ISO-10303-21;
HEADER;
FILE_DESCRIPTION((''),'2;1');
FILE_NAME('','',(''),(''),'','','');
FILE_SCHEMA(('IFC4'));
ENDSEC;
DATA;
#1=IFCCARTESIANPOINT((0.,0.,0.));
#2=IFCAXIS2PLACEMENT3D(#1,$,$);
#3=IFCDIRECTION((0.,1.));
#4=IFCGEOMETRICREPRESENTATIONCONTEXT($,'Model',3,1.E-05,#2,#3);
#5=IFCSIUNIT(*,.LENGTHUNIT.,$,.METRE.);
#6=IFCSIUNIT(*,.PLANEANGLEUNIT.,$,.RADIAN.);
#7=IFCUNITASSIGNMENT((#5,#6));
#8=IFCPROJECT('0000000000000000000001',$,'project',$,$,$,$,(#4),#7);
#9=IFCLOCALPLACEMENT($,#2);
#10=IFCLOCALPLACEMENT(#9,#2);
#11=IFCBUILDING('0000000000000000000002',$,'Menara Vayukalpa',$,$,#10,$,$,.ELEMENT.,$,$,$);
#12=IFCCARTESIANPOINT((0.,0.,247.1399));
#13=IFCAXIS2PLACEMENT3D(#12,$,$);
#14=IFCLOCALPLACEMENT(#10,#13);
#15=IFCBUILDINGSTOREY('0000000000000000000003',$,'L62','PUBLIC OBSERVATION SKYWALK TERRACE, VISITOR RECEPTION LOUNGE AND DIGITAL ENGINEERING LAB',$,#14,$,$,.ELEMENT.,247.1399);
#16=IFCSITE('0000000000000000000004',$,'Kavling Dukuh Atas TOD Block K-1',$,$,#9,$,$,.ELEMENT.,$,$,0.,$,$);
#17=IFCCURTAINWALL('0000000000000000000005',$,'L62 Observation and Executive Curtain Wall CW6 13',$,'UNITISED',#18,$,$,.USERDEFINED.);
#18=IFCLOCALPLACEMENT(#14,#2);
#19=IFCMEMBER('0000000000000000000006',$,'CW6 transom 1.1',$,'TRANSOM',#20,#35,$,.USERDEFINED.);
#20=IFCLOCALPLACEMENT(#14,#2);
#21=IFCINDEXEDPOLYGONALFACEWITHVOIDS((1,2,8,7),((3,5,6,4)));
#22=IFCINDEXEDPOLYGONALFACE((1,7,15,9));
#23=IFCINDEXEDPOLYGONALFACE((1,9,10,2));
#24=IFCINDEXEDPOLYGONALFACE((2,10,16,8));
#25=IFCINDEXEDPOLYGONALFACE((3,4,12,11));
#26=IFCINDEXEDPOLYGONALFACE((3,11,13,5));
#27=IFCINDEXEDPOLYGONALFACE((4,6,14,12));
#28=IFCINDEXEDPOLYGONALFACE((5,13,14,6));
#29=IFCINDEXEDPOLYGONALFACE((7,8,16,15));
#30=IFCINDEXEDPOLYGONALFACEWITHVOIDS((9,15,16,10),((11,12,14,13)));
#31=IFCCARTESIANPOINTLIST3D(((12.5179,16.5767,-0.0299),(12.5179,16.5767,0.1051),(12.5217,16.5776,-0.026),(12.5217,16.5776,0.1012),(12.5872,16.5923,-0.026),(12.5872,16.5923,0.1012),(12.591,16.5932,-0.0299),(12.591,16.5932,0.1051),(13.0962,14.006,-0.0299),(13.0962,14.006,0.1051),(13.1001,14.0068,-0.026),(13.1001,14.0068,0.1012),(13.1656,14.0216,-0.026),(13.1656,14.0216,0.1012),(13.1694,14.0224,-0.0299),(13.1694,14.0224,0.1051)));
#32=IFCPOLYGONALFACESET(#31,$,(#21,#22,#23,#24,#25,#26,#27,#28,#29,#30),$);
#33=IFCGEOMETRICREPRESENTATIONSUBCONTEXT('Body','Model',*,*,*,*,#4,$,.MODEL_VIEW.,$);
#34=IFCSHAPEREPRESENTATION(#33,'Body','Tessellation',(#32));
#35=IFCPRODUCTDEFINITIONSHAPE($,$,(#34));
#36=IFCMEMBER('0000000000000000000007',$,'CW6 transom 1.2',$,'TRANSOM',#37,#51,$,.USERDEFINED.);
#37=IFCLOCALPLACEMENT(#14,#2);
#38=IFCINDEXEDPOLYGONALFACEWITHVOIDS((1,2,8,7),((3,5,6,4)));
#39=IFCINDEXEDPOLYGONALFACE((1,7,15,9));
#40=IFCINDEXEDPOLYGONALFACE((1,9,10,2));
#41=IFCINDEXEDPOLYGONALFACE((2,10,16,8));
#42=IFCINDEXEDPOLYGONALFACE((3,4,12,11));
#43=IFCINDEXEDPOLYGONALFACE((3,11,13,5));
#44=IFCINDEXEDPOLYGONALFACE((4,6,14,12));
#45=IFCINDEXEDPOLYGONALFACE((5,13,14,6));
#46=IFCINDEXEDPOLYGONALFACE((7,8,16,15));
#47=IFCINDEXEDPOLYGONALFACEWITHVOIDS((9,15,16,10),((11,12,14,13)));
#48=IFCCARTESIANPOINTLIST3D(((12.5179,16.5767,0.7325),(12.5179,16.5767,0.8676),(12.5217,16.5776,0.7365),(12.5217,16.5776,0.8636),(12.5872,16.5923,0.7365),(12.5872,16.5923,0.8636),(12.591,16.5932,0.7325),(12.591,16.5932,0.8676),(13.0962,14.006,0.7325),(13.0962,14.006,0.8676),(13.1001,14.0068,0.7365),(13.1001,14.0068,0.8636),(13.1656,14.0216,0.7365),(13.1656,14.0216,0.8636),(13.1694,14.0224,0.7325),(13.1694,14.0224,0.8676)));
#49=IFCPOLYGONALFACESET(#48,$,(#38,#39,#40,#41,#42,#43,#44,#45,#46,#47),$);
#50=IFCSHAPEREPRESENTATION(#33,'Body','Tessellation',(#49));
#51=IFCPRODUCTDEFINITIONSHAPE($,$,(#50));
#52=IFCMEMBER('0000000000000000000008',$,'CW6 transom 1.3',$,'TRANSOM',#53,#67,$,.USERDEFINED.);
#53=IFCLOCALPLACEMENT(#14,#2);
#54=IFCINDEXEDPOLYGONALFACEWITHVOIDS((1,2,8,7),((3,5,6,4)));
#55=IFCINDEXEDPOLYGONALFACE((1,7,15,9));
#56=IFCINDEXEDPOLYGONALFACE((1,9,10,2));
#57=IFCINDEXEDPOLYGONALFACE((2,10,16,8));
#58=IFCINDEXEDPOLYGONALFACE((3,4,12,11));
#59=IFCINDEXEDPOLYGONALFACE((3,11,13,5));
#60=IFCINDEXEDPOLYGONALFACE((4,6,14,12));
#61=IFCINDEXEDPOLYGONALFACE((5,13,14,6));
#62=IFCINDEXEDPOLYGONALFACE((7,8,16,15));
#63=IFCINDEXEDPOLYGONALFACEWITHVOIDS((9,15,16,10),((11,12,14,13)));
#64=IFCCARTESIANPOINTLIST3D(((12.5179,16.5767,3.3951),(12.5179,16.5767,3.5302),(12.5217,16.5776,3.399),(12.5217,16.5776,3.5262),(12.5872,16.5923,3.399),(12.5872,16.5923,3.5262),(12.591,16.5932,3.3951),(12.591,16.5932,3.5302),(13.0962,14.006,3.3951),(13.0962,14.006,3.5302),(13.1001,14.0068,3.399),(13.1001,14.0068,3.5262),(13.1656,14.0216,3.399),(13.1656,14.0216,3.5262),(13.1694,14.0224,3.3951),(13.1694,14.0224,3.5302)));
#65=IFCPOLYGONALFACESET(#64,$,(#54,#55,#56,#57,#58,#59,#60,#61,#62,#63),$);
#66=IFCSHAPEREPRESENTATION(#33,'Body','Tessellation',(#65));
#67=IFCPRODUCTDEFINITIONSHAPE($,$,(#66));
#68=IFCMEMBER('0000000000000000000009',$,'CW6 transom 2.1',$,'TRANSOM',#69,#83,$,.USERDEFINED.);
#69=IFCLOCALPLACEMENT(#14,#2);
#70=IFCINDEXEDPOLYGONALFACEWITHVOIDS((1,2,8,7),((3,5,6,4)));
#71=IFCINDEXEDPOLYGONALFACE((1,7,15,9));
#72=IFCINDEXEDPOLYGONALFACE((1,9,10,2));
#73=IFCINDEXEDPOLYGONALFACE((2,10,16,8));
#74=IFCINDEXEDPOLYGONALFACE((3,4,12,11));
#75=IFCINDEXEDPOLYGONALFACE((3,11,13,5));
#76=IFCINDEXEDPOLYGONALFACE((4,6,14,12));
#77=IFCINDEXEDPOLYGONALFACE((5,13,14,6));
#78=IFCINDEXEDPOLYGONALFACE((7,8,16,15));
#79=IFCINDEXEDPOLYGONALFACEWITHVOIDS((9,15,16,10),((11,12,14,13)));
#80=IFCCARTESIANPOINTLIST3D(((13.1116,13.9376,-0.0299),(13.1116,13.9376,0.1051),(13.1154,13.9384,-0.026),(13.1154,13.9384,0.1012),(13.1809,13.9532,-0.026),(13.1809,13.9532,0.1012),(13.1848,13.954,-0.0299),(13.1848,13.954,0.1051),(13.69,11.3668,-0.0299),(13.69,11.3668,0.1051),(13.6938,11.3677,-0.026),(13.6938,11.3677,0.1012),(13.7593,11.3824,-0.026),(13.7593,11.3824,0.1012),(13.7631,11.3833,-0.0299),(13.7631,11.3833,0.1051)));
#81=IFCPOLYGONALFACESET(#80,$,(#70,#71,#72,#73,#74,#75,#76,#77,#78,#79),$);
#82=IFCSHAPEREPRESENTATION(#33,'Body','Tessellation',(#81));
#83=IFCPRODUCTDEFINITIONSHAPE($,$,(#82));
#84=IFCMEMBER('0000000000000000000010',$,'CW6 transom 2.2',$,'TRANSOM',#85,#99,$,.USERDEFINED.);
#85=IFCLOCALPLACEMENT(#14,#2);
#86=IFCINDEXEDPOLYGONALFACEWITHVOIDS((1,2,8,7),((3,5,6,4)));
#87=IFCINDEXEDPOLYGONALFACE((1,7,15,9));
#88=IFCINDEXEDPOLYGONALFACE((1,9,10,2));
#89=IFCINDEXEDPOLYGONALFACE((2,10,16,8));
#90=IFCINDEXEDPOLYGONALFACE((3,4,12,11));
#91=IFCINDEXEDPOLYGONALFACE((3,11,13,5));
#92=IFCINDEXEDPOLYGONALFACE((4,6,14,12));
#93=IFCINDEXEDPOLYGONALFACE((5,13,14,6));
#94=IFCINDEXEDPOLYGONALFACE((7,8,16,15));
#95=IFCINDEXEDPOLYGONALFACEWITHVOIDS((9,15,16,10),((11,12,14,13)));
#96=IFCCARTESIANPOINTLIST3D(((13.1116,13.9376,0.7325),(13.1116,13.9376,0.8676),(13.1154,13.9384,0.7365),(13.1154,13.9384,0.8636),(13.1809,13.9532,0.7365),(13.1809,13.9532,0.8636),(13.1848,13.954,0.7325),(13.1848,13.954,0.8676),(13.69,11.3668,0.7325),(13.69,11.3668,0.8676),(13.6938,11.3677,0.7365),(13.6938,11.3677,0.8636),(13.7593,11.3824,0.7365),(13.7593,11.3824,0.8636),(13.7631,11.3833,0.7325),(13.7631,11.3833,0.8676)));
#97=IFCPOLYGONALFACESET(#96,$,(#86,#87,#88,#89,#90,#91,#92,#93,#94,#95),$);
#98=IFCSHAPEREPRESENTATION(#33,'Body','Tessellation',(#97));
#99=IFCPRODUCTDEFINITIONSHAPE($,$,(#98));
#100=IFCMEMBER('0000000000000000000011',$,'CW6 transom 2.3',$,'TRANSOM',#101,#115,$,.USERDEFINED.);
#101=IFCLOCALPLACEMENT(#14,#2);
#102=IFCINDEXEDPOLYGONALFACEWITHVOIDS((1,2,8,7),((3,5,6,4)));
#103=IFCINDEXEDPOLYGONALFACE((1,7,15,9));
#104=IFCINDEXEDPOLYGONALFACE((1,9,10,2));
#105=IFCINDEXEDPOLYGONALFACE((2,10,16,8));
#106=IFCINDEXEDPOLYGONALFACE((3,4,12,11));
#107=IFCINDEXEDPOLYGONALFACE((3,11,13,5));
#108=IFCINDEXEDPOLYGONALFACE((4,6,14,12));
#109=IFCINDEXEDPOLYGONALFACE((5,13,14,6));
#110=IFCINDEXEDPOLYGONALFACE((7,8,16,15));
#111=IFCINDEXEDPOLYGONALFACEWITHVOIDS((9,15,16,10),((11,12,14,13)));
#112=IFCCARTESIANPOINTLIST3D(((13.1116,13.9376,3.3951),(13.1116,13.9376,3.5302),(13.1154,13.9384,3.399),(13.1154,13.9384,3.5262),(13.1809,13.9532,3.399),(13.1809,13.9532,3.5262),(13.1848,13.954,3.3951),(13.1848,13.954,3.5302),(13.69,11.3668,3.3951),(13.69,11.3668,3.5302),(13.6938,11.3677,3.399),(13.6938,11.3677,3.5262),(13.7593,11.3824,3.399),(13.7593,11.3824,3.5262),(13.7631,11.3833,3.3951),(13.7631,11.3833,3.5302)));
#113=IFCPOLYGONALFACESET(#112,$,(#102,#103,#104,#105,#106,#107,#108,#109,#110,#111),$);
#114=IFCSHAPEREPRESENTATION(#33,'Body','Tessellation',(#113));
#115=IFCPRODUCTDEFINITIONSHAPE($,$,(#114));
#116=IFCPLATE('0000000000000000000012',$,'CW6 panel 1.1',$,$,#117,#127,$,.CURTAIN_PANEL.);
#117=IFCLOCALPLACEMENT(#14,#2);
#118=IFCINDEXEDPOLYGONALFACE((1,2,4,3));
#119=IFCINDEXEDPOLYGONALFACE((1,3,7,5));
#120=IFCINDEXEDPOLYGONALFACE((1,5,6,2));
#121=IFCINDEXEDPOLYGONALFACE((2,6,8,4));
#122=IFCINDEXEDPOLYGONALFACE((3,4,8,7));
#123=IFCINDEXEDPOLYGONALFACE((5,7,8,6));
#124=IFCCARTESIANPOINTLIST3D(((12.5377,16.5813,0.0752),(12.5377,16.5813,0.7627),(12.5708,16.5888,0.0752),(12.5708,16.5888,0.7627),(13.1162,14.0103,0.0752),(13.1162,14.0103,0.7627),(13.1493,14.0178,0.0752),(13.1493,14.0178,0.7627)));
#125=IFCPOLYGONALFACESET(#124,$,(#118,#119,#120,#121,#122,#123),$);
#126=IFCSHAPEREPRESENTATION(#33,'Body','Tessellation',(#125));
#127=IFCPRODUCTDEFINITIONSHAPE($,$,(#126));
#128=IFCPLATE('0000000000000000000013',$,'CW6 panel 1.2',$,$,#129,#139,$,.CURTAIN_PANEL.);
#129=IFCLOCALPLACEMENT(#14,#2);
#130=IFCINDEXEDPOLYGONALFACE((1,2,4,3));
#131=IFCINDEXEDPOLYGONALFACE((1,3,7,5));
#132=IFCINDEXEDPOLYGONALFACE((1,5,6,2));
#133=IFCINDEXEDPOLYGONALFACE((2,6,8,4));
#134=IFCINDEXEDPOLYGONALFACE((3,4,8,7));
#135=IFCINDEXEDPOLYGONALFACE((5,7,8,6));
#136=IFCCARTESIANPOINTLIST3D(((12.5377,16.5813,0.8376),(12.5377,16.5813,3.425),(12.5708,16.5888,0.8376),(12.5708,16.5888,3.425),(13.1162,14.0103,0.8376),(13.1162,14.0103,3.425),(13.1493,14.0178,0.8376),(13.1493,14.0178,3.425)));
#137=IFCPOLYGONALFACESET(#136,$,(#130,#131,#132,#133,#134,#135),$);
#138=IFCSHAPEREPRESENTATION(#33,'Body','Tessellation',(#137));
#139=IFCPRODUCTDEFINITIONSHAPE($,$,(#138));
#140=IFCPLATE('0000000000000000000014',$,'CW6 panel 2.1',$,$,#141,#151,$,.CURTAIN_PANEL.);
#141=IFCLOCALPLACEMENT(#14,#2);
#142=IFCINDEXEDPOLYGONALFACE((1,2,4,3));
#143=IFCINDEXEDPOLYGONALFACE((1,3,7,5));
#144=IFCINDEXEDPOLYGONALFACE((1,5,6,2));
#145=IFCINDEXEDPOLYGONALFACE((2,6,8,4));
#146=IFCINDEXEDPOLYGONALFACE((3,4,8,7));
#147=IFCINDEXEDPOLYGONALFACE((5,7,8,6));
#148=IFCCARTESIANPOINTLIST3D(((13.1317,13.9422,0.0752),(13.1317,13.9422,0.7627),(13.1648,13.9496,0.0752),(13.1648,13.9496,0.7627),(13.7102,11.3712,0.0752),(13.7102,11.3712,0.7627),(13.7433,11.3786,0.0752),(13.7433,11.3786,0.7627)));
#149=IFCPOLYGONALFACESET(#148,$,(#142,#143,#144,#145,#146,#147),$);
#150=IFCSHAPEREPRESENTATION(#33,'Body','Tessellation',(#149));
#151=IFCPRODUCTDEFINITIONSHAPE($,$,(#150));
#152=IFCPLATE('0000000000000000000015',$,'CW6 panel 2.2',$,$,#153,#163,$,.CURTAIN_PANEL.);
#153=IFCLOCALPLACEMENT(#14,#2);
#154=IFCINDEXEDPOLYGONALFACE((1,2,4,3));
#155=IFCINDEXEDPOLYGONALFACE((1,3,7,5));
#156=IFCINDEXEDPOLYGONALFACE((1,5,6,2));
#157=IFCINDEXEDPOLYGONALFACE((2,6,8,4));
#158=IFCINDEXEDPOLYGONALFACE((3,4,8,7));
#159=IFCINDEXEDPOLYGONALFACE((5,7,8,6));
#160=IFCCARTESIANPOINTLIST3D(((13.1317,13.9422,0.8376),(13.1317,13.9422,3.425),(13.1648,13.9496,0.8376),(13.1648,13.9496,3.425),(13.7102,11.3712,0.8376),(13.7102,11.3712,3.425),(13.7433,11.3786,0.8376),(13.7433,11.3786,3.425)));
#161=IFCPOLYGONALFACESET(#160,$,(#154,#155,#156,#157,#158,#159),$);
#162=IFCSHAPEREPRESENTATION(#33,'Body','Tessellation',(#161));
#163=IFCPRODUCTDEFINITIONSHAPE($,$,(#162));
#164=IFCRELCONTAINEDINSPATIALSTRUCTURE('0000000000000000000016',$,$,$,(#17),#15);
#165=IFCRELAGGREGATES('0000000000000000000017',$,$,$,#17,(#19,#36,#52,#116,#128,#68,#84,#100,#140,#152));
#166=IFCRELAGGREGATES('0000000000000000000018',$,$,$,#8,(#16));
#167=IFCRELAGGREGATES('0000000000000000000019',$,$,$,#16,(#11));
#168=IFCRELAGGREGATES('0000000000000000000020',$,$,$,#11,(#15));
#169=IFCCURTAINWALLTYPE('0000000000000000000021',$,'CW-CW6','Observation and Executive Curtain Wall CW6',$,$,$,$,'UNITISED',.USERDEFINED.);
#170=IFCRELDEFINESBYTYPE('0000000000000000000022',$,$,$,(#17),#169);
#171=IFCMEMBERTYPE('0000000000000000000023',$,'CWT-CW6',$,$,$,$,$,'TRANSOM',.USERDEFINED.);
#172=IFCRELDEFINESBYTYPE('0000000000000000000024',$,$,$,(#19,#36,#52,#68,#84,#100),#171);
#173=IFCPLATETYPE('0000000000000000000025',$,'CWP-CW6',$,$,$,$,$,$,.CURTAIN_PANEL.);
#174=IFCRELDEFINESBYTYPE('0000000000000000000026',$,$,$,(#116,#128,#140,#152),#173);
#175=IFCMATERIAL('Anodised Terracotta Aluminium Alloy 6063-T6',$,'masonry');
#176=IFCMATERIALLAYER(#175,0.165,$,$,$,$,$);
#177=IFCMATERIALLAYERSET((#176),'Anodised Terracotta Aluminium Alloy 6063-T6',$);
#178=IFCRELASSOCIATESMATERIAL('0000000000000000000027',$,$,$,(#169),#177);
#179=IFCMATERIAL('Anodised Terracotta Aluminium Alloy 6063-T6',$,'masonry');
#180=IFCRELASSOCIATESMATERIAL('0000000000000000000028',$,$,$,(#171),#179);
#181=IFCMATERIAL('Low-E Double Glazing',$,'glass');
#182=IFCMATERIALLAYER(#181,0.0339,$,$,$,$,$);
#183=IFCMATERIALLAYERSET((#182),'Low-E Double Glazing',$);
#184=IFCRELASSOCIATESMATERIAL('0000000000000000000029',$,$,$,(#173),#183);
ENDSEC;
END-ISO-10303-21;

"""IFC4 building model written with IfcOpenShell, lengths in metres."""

from ifc_helpers import new_model, si_unit, direction, frame, origin, origin_2d, place, context, subcontext, project, spatial, rectangle, hollow_rectangle, extrude, material, layer, layer_set, material_profile, profile_set, type_object, element, aggregate, save


model = new_model("IFC4")

# Units and contexts
model_context = context("Model", 3, precision=1e-05, world=origin(), true_north=direction((0.0, 1.0)))
body_context = subcontext(model_context, "Body", "Model", "MODEL_VIEW")
ifc_project = project(units=[si_unit("LENGTHUNIT", "METRE"), si_unit("PLANEANGLEUNIT", "RADIAN")], contexts=[model_context])

# Site, building, storey
site_placement = place(None, origin())
site = spatial("IfcSite", under=ifc_project, at=site_placement, Name="Kavling Dukuh Atas TOD Block K-1", CompositionType="ELEMENT", RefElevation=0.0)
building_placement = place(site_placement, origin())
building = spatial("IfcBuilding", under=site, at=building_placement, Name="Menara Vayukalpa", CompositionType="ELEMENT")
storey_placement = place(building_placement, frame((0.0, 0.0, 247.1399)))
storey = spatial("IfcBuildingStorey", under=building, at=storey_placement, Name="L62", Description="PUBLIC OBSERVATION SKYWALK TERRACE, VISITOR RECEPTION LOUNGE AND DIGITAL ENGINEERING LAB", CompositionType="ELEMENT", Elevation=247.1399)

# Curtain wall, members, plates
ifc_material_1 = material(Name="Anodised Terracotta Aluminium Alloy 6063-T6", Category="masonry")
ifc_layer_1 = layer(ifc_material_1, 0.165)
ifc_layer_set_1 = layer_set([ifc_layer_1], Name="Anodised Terracotta Aluminium Alloy 6063-T6")
curtain_wall_type = type_object("IfcCurtainWallType", Name="CW-CW6", Description="Observation and Executive Curtain Wall CW6", ElementType="UNITISED", PredefinedType="USERDEFINED", material=ifc_layer_set_1)
curtain_wall_placement = place(storey_placement, origin())
curtain_wall = element("IfcCurtainWall", 1, at=curtain_wall_placement, inside=storey, type_object=curtain_wall_type, Name="L62 Observation and Executive Curtain Wall CW6 13", ObjectType="UNITISED", PredefinedType="USERDEFINED")
ifc_material_2 = material(Name="Anodised Terracotta Aluminium Alloy 6063-T6", Category="masonry")
ifc_material_profile_1 = material_profile(ifc_material_2, hollow_rectangle(XDim=0.075, YDim=0.135, WallThickness=0.0039, at=origin_2d()), Name="ALU 75x135x4")
ifc_profile_set_1 = profile_set([ifc_material_profile_1], Name="Anodised Terracotta Aluminium Alloy 6063-T6")
member_type_1 = type_object("IfcMemberType", Name="CWT-CW6", ElementType="TRANSOM", PredefinedType="USERDEFINED", material=ifc_profile_set_1)
member_1_placement = place(storey_placement, frame((12.5544, 16.585, 0.0376), z_axis=(0.21949, -0.975615, 0.0), x_axis=(0.975615, 0.21949, 0.0)))
member_1 = element("IfcMember", 2, at=member_1_placement, type_object=member_type_1, Name="CW6 transom 1.1", ObjectType="TRANSOM", PredefinedType="USERDEFINED", context=body_context, shape_type="SweptSolid", body=[
    extrude(hollow_rectangle(XDim=0.075, YDim=0.135, WallThickness=0.0039, at=origin_2d()), origin(), (0.0, 0.0, 1.0), 2.635),
])
member_2_placement = place(storey_placement, frame((12.5544, 16.585, 0.8), z_axis=(0.21949, -0.975615, 0.0), x_axis=(0.975615, 0.21949, 0.0)))
member_2 = element("IfcMember", 3, at=member_2_placement, type_object=member_type_1, Name="CW6 transom 1.2", ObjectType="TRANSOM", PredefinedType="USERDEFINED", context=body_context, shape_type="SweptSolid", body=[
    extrude(hollow_rectangle(XDim=0.075, YDim=0.135, WallThickness=0.0039, at=origin_2d()), origin(), (0.0, 0.0, 1.0), 2.635),
])
member_3_placement = place(storey_placement, frame((12.5544, 16.585, 3.4626), z_axis=(0.21949, -0.975615, 0.0), x_axis=(0.975615, 0.21949, 0.0)))
member_3 = element("IfcMember", 4, at=member_3_placement, type_object=member_type_1, Name="CW6 transom 1.3", ObjectType="TRANSOM", PredefinedType="USERDEFINED", context=body_context, shape_type="SweptSolid", body=[
    extrude(hollow_rectangle(XDim=0.075, YDim=0.135, WallThickness=0.0039, at=origin_2d()), origin(), (0.0, 0.0, 1.0), 2.635),
])
member_4_placement = place(storey_placement, frame((13.1482, 13.9458, 0.0376), z_axis=(0.21949, -0.975615, 0.0), x_axis=(0.975615, 0.21949, 0.0)))
member_4 = element("IfcMember", 5, at=member_4_placement, type_object=member_type_1, Name="CW6 transom 2.1", ObjectType="TRANSOM", PredefinedType="USERDEFINED", context=body_context, shape_type="SweptSolid", body=[
    extrude(hollow_rectangle(XDim=0.075, YDim=0.135, WallThickness=0.0039, at=origin_2d()), origin(), (0.0, 0.0, 1.0), 2.635),
])
member_5_placement = place(storey_placement, frame((13.1482, 13.9458, 0.8), z_axis=(0.21949, -0.975615, 0.0), x_axis=(0.975615, 0.21949, 0.0)))
member_5 = element("IfcMember", 6, at=member_5_placement, type_object=member_type_1, Name="CW6 transom 2.2", ObjectType="TRANSOM", PredefinedType="USERDEFINED", context=body_context, shape_type="SweptSolid", body=[
    extrude(hollow_rectangle(XDim=0.075, YDim=0.135, WallThickness=0.0039, at=origin_2d()), origin(), (0.0, 0.0, 1.0), 2.635),
])
member_6_placement = place(storey_placement, frame((13.1482, 13.9458, 3.4626), z_axis=(0.21949, -0.975615, 0.0), x_axis=(0.975615, 0.21949, 0.0)))
member_6 = element("IfcMember", 7, at=member_6_placement, type_object=member_type_1, Name="CW6 transom 2.3", ObjectType="TRANSOM", PredefinedType="USERDEFINED", context=body_context, shape_type="SweptSolid", body=[
    extrude(hollow_rectangle(XDim=0.075, YDim=0.135, WallThickness=0.0039, at=origin_2d()), origin(), (0.0, 0.0, 1.0), 2.635),
])
ifc_material_3 = material(Name="Low-E Double Glazing", Category="glass")
ifc_layer_2 = layer(ifc_material_3, 0.0339)
ifc_layer_set_2 = layer_set([ifc_layer_2], Name="Low-E Double Glazing")
plate_type = type_object("IfcPlateType", Name="CWP-CW6", PredefinedType="CURTAIN_PANEL", material=ifc_layer_set_2)
plate_1_placement = place(storey_placement, frame((12.8435, 15.2996, 0.0752), z_axis=(0.0, 0.0, 1.0), x_axis=(0.219515, -0.975609, 0.0)))
plate_1 = element("IfcPlate", 8, at=plate_1_placement, type_object=plate_type, Name="CW6 panel 1.1", PredefinedType="CURTAIN_PANEL", context=body_context, shape_type="SweptSolid", body=[
    extrude(rectangle(XDim=2.6353, YDim=0.0339, at=origin_2d()), origin(), (0.0, 0.0, 1.0), 0.6875),
])
plate_2_placement = place(storey_placement, frame((12.8435, 15.2996, 0.8376), z_axis=(0.0, 0.0, 1.0), x_axis=(0.219515, -0.975609, 0.0)))
plate_2 = element("IfcPlate", 9, at=plate_2_placement, type_object=plate_type, Name="CW6 panel 1.2", PredefinedType="CURTAIN_PANEL", context=body_context, shape_type="SweptSolid", body=[
    extrude(rectangle(XDim=2.6353, YDim=0.0339, at=origin_2d()), origin(), (0.0, 0.0, 1.0), 2.5874),
])
plate_3_placement = place(storey_placement, frame((13.4375, 12.6604, 0.0752), z_axis=(0.0, 0.0, 1.0), x_axis=(0.219515, -0.975609, 0.0)))
plate_3 = element("IfcPlate", 10, at=plate_3_placement, type_object=plate_type, Name="CW6 panel 2.1", PredefinedType="CURTAIN_PANEL", context=body_context, shape_type="SweptSolid", body=[
    extrude(rectangle(XDim=2.6353, YDim=0.0339, at=origin_2d()), origin(), (0.0, 0.0, 1.0), 0.6875),
])
plate_4_placement = place(storey_placement, frame((13.4375, 12.6604, 0.8376), z_axis=(0.0, 0.0, 1.0), x_axis=(0.219515, -0.975609, 0.0)))
plate_4 = element("IfcPlate", 11, at=plate_4_placement, type_object=plate_type, Name="CW6 panel 2.2", PredefinedType="CURTAIN_PANEL", context=body_context, shape_type="SweptSolid", body=[
    extrude(rectangle(XDim=2.6353, YDim=0.0339, at=origin_2d()), origin(), (0.0, 0.0, 1.0), 2.5874),
])
aggregate(curtain_wall, [member_1, member_2, member_3, plate_1, plate_2, member_4, member_5, member_6, plate_3, plate_4])

save(model, "model.ifc")
